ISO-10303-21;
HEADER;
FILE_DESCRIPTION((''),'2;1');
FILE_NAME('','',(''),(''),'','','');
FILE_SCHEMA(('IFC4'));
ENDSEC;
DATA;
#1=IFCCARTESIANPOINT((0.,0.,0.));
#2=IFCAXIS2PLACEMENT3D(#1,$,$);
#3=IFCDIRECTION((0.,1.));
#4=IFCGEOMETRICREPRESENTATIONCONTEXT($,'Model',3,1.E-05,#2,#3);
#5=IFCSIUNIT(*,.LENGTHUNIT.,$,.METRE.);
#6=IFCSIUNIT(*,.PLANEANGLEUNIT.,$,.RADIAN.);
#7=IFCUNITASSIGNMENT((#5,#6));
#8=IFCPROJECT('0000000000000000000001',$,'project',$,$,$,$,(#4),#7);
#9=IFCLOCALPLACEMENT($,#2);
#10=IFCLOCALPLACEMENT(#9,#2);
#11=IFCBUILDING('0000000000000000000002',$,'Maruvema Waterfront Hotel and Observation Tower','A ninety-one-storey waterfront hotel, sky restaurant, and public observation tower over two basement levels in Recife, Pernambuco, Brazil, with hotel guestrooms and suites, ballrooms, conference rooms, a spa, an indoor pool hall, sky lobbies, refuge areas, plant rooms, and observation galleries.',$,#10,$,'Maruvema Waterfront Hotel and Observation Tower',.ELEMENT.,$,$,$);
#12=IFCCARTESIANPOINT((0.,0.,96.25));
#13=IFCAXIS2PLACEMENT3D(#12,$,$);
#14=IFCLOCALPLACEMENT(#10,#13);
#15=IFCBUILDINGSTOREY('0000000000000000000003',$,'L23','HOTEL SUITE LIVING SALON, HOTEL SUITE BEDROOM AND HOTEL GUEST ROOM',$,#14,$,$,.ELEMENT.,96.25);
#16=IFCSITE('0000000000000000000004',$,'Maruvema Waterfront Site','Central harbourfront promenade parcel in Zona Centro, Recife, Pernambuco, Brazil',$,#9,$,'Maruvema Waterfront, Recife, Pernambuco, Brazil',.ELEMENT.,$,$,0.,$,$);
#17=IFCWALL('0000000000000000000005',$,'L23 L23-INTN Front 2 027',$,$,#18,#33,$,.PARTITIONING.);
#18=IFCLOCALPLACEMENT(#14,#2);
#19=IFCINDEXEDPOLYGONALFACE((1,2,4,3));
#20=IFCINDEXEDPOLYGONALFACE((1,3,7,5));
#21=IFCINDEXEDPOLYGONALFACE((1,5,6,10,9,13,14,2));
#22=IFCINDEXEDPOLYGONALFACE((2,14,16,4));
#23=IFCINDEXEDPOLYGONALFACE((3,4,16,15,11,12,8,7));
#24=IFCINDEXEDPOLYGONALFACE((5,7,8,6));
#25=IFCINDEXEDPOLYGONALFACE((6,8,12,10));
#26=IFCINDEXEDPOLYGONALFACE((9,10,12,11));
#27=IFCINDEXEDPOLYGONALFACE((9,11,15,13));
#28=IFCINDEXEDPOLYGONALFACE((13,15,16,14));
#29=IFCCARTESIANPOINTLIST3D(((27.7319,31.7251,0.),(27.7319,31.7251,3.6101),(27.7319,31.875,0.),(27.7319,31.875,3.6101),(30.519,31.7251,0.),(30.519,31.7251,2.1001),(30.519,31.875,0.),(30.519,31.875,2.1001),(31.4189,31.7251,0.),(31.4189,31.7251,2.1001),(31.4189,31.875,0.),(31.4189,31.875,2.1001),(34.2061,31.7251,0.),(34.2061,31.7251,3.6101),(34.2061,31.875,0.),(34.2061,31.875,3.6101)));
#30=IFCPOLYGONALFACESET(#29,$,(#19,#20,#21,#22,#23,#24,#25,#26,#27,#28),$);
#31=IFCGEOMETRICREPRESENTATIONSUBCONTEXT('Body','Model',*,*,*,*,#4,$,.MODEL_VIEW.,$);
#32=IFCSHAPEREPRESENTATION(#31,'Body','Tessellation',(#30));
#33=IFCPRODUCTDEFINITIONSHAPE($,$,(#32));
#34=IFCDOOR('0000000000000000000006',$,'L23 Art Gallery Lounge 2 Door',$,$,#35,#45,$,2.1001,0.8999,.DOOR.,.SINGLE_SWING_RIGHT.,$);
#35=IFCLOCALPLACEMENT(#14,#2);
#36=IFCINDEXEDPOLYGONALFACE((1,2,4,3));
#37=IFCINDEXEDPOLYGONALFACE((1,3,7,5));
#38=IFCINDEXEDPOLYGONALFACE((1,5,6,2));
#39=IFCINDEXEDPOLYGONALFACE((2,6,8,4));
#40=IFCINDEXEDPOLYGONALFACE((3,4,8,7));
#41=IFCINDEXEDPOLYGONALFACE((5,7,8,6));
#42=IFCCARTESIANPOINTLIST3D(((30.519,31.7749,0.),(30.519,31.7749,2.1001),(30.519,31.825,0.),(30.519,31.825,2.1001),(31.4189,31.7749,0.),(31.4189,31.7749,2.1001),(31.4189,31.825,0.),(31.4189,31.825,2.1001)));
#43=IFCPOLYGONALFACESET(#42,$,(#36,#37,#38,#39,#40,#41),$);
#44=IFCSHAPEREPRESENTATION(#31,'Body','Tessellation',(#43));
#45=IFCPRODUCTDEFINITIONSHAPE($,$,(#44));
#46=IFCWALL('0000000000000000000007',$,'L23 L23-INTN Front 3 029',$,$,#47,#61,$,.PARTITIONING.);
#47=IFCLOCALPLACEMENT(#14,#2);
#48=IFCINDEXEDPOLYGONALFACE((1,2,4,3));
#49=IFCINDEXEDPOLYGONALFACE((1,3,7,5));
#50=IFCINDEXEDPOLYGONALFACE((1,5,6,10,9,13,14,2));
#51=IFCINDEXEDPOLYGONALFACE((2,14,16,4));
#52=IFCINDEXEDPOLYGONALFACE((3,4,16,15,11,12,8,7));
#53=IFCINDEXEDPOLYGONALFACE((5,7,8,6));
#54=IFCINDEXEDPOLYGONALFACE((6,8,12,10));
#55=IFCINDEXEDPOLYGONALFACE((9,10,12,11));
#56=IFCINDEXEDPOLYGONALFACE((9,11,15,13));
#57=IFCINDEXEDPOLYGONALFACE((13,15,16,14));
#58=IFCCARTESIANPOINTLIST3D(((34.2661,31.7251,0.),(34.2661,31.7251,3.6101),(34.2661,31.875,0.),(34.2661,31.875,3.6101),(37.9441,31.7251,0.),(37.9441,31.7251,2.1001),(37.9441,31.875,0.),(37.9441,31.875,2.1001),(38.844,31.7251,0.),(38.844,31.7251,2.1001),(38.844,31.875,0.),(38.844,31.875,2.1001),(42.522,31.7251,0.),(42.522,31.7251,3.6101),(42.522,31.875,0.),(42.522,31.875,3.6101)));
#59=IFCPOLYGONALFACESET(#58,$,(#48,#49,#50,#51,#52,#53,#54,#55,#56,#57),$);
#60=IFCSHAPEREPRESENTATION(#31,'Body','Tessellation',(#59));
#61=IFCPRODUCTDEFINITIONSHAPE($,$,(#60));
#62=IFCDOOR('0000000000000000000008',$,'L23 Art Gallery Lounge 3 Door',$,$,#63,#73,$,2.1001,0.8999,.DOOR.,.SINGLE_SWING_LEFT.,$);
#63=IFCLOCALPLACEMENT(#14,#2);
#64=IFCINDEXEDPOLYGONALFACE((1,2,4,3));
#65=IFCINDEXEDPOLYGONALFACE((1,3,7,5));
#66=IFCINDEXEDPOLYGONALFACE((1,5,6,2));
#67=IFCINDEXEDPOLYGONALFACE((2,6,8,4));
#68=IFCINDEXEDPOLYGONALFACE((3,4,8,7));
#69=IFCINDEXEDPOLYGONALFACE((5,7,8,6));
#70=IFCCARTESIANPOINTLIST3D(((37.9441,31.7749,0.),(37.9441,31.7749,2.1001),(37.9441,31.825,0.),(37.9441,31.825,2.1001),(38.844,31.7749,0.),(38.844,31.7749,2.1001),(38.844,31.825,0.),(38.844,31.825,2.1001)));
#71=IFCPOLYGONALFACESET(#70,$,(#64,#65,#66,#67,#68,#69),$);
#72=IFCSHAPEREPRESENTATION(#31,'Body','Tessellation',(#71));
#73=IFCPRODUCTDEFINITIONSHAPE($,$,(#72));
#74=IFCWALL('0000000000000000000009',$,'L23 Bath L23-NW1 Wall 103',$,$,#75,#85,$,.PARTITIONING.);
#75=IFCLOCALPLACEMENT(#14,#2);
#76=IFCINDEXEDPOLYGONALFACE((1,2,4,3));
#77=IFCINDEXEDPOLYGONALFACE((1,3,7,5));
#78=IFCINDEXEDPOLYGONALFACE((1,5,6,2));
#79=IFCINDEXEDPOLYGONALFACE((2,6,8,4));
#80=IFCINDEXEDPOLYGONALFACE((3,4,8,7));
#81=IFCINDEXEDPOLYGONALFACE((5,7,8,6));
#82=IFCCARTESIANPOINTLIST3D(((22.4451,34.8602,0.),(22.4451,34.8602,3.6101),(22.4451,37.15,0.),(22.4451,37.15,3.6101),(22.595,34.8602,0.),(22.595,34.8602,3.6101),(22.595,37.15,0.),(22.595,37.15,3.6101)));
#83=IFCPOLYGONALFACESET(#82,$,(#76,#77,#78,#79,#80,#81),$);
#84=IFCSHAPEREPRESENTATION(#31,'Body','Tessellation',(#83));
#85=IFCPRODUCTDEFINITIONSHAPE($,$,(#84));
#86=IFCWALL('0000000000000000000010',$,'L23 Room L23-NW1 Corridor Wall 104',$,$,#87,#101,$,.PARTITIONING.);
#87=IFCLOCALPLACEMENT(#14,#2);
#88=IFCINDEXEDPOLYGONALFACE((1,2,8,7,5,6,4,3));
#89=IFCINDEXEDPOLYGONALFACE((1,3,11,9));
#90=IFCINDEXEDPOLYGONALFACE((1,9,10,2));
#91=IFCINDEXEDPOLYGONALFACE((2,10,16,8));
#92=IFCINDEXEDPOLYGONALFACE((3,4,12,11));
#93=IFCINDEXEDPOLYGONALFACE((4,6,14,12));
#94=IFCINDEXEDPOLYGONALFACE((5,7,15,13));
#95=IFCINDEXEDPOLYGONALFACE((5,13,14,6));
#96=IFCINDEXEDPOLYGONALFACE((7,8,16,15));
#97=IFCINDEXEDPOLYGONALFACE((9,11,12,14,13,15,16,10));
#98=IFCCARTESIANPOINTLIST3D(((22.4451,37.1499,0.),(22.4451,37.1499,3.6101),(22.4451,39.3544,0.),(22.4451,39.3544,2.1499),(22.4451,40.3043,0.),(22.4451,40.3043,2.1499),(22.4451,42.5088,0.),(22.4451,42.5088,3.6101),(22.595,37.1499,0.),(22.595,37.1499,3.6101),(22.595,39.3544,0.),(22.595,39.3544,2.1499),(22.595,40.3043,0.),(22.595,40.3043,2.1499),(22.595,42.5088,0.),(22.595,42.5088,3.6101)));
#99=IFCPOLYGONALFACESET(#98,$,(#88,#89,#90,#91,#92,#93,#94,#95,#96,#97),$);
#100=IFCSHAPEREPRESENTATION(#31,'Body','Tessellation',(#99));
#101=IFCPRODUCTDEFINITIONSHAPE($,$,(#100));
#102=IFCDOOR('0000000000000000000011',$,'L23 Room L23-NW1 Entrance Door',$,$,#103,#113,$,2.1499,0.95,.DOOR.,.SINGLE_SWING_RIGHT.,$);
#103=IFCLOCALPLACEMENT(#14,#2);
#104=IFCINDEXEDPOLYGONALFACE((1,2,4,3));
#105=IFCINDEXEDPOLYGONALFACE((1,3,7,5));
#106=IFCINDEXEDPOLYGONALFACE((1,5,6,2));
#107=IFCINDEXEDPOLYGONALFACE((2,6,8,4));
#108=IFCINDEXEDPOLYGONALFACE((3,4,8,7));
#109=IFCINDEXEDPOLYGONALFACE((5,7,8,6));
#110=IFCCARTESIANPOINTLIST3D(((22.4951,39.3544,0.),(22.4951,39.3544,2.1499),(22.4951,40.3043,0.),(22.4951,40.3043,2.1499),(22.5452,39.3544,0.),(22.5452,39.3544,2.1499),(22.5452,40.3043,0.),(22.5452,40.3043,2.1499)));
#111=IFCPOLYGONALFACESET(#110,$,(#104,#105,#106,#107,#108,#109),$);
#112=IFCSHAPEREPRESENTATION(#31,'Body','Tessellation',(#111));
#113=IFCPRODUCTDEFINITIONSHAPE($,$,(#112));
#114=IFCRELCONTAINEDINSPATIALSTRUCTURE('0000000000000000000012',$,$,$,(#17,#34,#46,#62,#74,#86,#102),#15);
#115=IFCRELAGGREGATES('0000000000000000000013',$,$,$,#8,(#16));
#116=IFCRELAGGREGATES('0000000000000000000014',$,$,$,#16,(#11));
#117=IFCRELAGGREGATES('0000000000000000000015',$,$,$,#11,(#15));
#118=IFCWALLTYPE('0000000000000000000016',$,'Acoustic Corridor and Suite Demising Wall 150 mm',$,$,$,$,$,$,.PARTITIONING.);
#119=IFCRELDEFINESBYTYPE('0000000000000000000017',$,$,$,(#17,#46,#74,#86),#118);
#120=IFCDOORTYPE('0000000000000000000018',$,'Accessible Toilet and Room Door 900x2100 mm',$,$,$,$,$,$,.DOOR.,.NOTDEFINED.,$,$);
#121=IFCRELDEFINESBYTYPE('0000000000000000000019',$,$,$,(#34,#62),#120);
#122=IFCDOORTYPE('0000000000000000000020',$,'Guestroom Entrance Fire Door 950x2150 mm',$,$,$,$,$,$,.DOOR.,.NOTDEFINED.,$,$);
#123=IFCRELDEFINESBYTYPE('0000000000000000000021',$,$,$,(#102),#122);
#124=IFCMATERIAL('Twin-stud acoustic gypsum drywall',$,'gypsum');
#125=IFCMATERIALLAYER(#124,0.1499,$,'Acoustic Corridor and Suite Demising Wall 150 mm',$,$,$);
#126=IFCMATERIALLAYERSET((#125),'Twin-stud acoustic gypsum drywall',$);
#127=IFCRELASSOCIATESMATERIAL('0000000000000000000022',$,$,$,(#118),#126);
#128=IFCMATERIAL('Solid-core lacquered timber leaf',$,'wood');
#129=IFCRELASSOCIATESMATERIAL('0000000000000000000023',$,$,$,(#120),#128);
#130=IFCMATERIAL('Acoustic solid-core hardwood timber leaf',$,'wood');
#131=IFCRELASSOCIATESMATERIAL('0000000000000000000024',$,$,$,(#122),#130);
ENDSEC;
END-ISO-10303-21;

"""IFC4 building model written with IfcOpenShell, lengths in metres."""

from ifc_helpers import new_model, si_unit, direction, frame, frame_2d, origin, place, context, subcontext, project, spatial, rectangle, extrude, material, layer, layer_set, type_object, element, fill, save


model = new_model("IFC4")

# Units and contexts
model_context = context("Model", 3, precision=1e-05, world=origin(), true_north=direction((0.0, 1.0)))
body_context = subcontext(model_context, "Body", "Model", "MODEL_VIEW")
ifc_project = project(units=[si_unit("LENGTHUNIT", "METRE"), si_unit("PLANEANGLEUNIT", "RADIAN")], contexts=[model_context])

# Site, building, storey
site_placement = place(None, origin())
site = spatial("IfcSite", under=ifc_project, at=site_placement, Name="Maruvema Waterfront Site", Description="Central harbourfront promenade parcel in Zona Centro, Recife, Pernambuco, Brazil", LongName="Maruvema Waterfront, Recife, Pernambuco, Brazil", CompositionType="ELEMENT", RefElevation=0.0)
building_placement = place(site_placement, origin())
building = spatial("IfcBuilding", under=site, at=building_placement, Name="Maruvema Waterfront Hotel and Observation Tower", Description="A ninety-one-storey waterfront hotel, sky restaurant, and public observation tower over two basement levels in Recife, Pernambuco, Brazil, with hotel guestrooms and suites, ballrooms, conference rooms, a spa, an indoor pool hall, sky lobbies, refuge areas, plant rooms, and observation galleries.", LongName="Maruvema Waterfront Hotel and Observation Tower", CompositionType="ELEMENT")
storey_placement = place(building_placement, frame((0.0, 0.0, 96.25)))
storey = spatial("IfcBuildingStorey", under=building, at=storey_placement, Name="L23", Description="HOTEL SUITE LIVING SALON, HOTEL SUITE BEDROOM AND HOTEL GUEST ROOM", CompositionType="ELEMENT", Elevation=96.25)

# Walls, openings, doors
ifc_material_1 = material(Name="Twin-stud acoustic gypsum drywall", Category="gypsum")
ifc_layer_1 = layer(ifc_material_1, 0.1499, Name="Acoustic Corridor and Suite Demising Wall 150 mm")
ifc_layer_set_1 = layer_set([ifc_layer_1], Name="Twin-stud acoustic gypsum drywall")
wall_type_1 = type_object("IfcWallType", Name="Acoustic Corridor and Suite Demising Wall 150 mm", PredefinedType="PARTITIONING", material=ifc_layer_set_1)
ifc_material_2 = material(Name="Solid-core lacquered timber leaf", Category="wood")
door_type_1 = type_object("IfcDoorType", Name="Accessible Toilet and Room Door 900x2100 mm", OperationType="NOTDEFINED", PredefinedType="DOOR", material=ifc_material_2)
wall_1_placement = place(storey_placement, frame((27.7319, 31.8, 0.0), z_axis=(0.0, 0.0, 1.0), x_axis=(1.0, 0.0, 0.0)))
wall_1 = element("IfcWall", 1, at=wall_1_placement, inside=storey, type_object=wall_type_1, Name="L23 L23-INTN Front 2 027", PredefinedType="PARTITIONING", context=body_context, shape_type="SweptSolid", body=[
    extrude(rectangle(XDim=6.4741, YDim=0.1499, at=frame_2d((3.2371, 0.0))), origin(), (0.0, 0.0, 1.0), 3.6101),
])
opening_1_placement = place(wall_1_placement, frame((2.7871, 0.0, 0.0)))
opening_1 = element("IfcOpeningElement", 2, at=opening_1_placement, cuts=wall_1, PredefinedType="OPENING", context=body_context, shape_type="SweptSolid", body=[
    extrude(rectangle(XDim=0.8999, YDim=2.1001, at=frame_2d((0.45, 1.05))), frame((0.0, 0.085, 0.0), z_axis=(0.0, -1.0, 0.0), x_axis=(1.0, 0.0, 0.0)), (0.0, 0.0, 1.0), 0.1699),
])
door_1_placement = place(opening_1_placement, origin())
door_1 = element("IfcDoor", 3, at=door_1_placement, inside=storey, type_object=door_type_1, Name="L23 Art Gallery Lounge 2 Door", OperationType="SINGLE_SWING_RIGHT", OverallHeight=2.1001, OverallWidth=0.8999, PredefinedType="DOOR", context=body_context, shape_type="SweptSolid", body=[
    extrude(rectangle(XDim=0.8999, YDim=2.1001, at=frame_2d((0.45, 1.05))), frame((0.0, 0.0249, 0.0), z_axis=(0.0, -1.0, 0.0), x_axis=(1.0, 0.0, 0.0)), (0.0, 0.0, 1.0), 0.05),
])
fill(opening_1, door_1)
wall_2_placement = place(storey_placement, frame((34.2661, 31.8, 0.0), z_axis=(0.0, 0.0, 1.0), x_axis=(1.0, 0.0, 0.0)))
wall_2 = element("IfcWall", 4, at=wall_2_placement, inside=storey, type_object=wall_type_1, Name="L23 L23-INTN Front 3 029", PredefinedType="PARTITIONING", context=body_context, shape_type="SweptSolid", body=[
    extrude(rectangle(XDim=8.2559, YDim=0.1499, at=frame_2d((4.1279, 0.0))), origin(), (0.0, 0.0, 1.0), 3.6101),
])
opening_2_placement = place(wall_2_placement, frame((3.678, 0.0, 0.0)))
opening_2 = element("IfcOpeningElement", 5, at=opening_2_placement, cuts=wall_2, PredefinedType="OPENING", context=body_context, shape_type="SweptSolid", body=[
    extrude(rectangle(XDim=0.8999, YDim=2.1001, at=frame_2d((0.45, 1.05))), frame((0.0, 0.085, 0.0), z_axis=(0.0, -1.0, 0.0), x_axis=(1.0, 0.0, 0.0)), (0.0, 0.0, 1.0), 0.1699),
])
door_2_placement = place(opening_2_placement, origin())
door_2 = element("IfcDoor", 6, at=door_2_placement, inside=storey, type_object=door_type_1, Name="L23 Art Gallery Lounge 3 Door", OperationType="SINGLE_SWING_LEFT", OverallHeight=2.1001, OverallWidth=0.8999, PredefinedType="DOOR", context=body_context, shape_type="SweptSolid", body=[
    extrude(rectangle(XDim=0.8999, YDim=2.1001, at=frame_2d((0.45, 1.05))), frame((0.0, 0.0249, 0.0), z_axis=(0.0, -1.0, 0.0), x_axis=(1.0, 0.0, 0.0)), (0.0, 0.0, 1.0), 0.05),
])
fill(opening_2, door_2)

# Wall
wall_3_placement = place(storey_placement, frame((22.52, 34.8601, 0.0), z_axis=(0.0, 0.0, 1.0), x_axis=(0.0, 1.0, 0.0)))
element("IfcWall", 7, at=wall_3_placement, inside=storey, type_object=wall_type_1, Name="L23 Bath L23-NW1 Wall 103", PredefinedType="PARTITIONING", context=body_context, shape_type="SweptSolid", body=[
    extrude(rectangle(XDim=2.2898, YDim=0.1499, at=frame_2d((1.145, 0.0))), origin(), (0.0, 0.0, 1.0), 3.6101),
])

# Wall, opening, door
wall_4_placement = place(storey_placement, frame((22.52, 37.1499, 0.0), z_axis=(0.0, 0.0, 1.0), x_axis=(0.0, 1.0, 0.0)))
wall_4 = element("IfcWall", 8, at=wall_4_placement, inside=storey, type_object=wall_type_1, Name="L23 Room L23-NW1 Corridor Wall 104", PredefinedType="PARTITIONING", context=body_context, shape_type="SweptSolid", body=[
    extrude(rectangle(XDim=5.3589, YDim=0.1499, at=frame_2d((2.6794, 0.0))), origin(), (0.0, 0.0, 1.0), 3.6101),
])
opening_3_placement = place(wall_4_placement, frame((2.2043, 0.0, 0.0)))
opening_3 = element("IfcOpeningElement", 9, at=opening_3_placement, cuts=wall_4, PredefinedType="OPENING", context=body_context, shape_type="SweptSolid", body=[
    extrude(rectangle(XDim=0.95, YDim=2.1499, at=frame_2d((0.4751, 1.075))), frame((0.0, 0.085, 0.0), z_axis=(0.0, -1.0, 0.0), x_axis=(1.0, 0.0, 0.0)), (0.0, 0.0, 1.0), 0.1699),
])
ifc_material_3 = material(Name="Acoustic solid-core hardwood timber leaf", Category="wood")
door_type_2 = type_object("IfcDoorType", Name="Guestroom Entrance Fire Door 950x2150 mm", OperationType="NOTDEFINED", PredefinedType="DOOR", material=ifc_material_3)
door_3_placement = place(opening_3_placement, origin())
door_3 = element("IfcDoor", 10, at=door_3_placement, inside=storey, type_object=door_type_2, Name="L23 Room L23-NW1 Entrance Door", OperationType="SINGLE_SWING_RIGHT", OverallHeight=2.1499, OverallWidth=0.95, PredefinedType="DOOR", context=body_context, shape_type="SweptSolid", body=[
    extrude(rectangle(XDim=0.95, YDim=2.1499, at=frame_2d((0.4751, 1.075))), frame((0.0, 0.0249, 0.0), z_axis=(0.0, -1.0, 0.0), x_axis=(1.0, 0.0, 0.0)), (0.0, 0.0, 1.0), 0.05),
])
fill(opening_3, door_3)

save(model, "model.ifc")
